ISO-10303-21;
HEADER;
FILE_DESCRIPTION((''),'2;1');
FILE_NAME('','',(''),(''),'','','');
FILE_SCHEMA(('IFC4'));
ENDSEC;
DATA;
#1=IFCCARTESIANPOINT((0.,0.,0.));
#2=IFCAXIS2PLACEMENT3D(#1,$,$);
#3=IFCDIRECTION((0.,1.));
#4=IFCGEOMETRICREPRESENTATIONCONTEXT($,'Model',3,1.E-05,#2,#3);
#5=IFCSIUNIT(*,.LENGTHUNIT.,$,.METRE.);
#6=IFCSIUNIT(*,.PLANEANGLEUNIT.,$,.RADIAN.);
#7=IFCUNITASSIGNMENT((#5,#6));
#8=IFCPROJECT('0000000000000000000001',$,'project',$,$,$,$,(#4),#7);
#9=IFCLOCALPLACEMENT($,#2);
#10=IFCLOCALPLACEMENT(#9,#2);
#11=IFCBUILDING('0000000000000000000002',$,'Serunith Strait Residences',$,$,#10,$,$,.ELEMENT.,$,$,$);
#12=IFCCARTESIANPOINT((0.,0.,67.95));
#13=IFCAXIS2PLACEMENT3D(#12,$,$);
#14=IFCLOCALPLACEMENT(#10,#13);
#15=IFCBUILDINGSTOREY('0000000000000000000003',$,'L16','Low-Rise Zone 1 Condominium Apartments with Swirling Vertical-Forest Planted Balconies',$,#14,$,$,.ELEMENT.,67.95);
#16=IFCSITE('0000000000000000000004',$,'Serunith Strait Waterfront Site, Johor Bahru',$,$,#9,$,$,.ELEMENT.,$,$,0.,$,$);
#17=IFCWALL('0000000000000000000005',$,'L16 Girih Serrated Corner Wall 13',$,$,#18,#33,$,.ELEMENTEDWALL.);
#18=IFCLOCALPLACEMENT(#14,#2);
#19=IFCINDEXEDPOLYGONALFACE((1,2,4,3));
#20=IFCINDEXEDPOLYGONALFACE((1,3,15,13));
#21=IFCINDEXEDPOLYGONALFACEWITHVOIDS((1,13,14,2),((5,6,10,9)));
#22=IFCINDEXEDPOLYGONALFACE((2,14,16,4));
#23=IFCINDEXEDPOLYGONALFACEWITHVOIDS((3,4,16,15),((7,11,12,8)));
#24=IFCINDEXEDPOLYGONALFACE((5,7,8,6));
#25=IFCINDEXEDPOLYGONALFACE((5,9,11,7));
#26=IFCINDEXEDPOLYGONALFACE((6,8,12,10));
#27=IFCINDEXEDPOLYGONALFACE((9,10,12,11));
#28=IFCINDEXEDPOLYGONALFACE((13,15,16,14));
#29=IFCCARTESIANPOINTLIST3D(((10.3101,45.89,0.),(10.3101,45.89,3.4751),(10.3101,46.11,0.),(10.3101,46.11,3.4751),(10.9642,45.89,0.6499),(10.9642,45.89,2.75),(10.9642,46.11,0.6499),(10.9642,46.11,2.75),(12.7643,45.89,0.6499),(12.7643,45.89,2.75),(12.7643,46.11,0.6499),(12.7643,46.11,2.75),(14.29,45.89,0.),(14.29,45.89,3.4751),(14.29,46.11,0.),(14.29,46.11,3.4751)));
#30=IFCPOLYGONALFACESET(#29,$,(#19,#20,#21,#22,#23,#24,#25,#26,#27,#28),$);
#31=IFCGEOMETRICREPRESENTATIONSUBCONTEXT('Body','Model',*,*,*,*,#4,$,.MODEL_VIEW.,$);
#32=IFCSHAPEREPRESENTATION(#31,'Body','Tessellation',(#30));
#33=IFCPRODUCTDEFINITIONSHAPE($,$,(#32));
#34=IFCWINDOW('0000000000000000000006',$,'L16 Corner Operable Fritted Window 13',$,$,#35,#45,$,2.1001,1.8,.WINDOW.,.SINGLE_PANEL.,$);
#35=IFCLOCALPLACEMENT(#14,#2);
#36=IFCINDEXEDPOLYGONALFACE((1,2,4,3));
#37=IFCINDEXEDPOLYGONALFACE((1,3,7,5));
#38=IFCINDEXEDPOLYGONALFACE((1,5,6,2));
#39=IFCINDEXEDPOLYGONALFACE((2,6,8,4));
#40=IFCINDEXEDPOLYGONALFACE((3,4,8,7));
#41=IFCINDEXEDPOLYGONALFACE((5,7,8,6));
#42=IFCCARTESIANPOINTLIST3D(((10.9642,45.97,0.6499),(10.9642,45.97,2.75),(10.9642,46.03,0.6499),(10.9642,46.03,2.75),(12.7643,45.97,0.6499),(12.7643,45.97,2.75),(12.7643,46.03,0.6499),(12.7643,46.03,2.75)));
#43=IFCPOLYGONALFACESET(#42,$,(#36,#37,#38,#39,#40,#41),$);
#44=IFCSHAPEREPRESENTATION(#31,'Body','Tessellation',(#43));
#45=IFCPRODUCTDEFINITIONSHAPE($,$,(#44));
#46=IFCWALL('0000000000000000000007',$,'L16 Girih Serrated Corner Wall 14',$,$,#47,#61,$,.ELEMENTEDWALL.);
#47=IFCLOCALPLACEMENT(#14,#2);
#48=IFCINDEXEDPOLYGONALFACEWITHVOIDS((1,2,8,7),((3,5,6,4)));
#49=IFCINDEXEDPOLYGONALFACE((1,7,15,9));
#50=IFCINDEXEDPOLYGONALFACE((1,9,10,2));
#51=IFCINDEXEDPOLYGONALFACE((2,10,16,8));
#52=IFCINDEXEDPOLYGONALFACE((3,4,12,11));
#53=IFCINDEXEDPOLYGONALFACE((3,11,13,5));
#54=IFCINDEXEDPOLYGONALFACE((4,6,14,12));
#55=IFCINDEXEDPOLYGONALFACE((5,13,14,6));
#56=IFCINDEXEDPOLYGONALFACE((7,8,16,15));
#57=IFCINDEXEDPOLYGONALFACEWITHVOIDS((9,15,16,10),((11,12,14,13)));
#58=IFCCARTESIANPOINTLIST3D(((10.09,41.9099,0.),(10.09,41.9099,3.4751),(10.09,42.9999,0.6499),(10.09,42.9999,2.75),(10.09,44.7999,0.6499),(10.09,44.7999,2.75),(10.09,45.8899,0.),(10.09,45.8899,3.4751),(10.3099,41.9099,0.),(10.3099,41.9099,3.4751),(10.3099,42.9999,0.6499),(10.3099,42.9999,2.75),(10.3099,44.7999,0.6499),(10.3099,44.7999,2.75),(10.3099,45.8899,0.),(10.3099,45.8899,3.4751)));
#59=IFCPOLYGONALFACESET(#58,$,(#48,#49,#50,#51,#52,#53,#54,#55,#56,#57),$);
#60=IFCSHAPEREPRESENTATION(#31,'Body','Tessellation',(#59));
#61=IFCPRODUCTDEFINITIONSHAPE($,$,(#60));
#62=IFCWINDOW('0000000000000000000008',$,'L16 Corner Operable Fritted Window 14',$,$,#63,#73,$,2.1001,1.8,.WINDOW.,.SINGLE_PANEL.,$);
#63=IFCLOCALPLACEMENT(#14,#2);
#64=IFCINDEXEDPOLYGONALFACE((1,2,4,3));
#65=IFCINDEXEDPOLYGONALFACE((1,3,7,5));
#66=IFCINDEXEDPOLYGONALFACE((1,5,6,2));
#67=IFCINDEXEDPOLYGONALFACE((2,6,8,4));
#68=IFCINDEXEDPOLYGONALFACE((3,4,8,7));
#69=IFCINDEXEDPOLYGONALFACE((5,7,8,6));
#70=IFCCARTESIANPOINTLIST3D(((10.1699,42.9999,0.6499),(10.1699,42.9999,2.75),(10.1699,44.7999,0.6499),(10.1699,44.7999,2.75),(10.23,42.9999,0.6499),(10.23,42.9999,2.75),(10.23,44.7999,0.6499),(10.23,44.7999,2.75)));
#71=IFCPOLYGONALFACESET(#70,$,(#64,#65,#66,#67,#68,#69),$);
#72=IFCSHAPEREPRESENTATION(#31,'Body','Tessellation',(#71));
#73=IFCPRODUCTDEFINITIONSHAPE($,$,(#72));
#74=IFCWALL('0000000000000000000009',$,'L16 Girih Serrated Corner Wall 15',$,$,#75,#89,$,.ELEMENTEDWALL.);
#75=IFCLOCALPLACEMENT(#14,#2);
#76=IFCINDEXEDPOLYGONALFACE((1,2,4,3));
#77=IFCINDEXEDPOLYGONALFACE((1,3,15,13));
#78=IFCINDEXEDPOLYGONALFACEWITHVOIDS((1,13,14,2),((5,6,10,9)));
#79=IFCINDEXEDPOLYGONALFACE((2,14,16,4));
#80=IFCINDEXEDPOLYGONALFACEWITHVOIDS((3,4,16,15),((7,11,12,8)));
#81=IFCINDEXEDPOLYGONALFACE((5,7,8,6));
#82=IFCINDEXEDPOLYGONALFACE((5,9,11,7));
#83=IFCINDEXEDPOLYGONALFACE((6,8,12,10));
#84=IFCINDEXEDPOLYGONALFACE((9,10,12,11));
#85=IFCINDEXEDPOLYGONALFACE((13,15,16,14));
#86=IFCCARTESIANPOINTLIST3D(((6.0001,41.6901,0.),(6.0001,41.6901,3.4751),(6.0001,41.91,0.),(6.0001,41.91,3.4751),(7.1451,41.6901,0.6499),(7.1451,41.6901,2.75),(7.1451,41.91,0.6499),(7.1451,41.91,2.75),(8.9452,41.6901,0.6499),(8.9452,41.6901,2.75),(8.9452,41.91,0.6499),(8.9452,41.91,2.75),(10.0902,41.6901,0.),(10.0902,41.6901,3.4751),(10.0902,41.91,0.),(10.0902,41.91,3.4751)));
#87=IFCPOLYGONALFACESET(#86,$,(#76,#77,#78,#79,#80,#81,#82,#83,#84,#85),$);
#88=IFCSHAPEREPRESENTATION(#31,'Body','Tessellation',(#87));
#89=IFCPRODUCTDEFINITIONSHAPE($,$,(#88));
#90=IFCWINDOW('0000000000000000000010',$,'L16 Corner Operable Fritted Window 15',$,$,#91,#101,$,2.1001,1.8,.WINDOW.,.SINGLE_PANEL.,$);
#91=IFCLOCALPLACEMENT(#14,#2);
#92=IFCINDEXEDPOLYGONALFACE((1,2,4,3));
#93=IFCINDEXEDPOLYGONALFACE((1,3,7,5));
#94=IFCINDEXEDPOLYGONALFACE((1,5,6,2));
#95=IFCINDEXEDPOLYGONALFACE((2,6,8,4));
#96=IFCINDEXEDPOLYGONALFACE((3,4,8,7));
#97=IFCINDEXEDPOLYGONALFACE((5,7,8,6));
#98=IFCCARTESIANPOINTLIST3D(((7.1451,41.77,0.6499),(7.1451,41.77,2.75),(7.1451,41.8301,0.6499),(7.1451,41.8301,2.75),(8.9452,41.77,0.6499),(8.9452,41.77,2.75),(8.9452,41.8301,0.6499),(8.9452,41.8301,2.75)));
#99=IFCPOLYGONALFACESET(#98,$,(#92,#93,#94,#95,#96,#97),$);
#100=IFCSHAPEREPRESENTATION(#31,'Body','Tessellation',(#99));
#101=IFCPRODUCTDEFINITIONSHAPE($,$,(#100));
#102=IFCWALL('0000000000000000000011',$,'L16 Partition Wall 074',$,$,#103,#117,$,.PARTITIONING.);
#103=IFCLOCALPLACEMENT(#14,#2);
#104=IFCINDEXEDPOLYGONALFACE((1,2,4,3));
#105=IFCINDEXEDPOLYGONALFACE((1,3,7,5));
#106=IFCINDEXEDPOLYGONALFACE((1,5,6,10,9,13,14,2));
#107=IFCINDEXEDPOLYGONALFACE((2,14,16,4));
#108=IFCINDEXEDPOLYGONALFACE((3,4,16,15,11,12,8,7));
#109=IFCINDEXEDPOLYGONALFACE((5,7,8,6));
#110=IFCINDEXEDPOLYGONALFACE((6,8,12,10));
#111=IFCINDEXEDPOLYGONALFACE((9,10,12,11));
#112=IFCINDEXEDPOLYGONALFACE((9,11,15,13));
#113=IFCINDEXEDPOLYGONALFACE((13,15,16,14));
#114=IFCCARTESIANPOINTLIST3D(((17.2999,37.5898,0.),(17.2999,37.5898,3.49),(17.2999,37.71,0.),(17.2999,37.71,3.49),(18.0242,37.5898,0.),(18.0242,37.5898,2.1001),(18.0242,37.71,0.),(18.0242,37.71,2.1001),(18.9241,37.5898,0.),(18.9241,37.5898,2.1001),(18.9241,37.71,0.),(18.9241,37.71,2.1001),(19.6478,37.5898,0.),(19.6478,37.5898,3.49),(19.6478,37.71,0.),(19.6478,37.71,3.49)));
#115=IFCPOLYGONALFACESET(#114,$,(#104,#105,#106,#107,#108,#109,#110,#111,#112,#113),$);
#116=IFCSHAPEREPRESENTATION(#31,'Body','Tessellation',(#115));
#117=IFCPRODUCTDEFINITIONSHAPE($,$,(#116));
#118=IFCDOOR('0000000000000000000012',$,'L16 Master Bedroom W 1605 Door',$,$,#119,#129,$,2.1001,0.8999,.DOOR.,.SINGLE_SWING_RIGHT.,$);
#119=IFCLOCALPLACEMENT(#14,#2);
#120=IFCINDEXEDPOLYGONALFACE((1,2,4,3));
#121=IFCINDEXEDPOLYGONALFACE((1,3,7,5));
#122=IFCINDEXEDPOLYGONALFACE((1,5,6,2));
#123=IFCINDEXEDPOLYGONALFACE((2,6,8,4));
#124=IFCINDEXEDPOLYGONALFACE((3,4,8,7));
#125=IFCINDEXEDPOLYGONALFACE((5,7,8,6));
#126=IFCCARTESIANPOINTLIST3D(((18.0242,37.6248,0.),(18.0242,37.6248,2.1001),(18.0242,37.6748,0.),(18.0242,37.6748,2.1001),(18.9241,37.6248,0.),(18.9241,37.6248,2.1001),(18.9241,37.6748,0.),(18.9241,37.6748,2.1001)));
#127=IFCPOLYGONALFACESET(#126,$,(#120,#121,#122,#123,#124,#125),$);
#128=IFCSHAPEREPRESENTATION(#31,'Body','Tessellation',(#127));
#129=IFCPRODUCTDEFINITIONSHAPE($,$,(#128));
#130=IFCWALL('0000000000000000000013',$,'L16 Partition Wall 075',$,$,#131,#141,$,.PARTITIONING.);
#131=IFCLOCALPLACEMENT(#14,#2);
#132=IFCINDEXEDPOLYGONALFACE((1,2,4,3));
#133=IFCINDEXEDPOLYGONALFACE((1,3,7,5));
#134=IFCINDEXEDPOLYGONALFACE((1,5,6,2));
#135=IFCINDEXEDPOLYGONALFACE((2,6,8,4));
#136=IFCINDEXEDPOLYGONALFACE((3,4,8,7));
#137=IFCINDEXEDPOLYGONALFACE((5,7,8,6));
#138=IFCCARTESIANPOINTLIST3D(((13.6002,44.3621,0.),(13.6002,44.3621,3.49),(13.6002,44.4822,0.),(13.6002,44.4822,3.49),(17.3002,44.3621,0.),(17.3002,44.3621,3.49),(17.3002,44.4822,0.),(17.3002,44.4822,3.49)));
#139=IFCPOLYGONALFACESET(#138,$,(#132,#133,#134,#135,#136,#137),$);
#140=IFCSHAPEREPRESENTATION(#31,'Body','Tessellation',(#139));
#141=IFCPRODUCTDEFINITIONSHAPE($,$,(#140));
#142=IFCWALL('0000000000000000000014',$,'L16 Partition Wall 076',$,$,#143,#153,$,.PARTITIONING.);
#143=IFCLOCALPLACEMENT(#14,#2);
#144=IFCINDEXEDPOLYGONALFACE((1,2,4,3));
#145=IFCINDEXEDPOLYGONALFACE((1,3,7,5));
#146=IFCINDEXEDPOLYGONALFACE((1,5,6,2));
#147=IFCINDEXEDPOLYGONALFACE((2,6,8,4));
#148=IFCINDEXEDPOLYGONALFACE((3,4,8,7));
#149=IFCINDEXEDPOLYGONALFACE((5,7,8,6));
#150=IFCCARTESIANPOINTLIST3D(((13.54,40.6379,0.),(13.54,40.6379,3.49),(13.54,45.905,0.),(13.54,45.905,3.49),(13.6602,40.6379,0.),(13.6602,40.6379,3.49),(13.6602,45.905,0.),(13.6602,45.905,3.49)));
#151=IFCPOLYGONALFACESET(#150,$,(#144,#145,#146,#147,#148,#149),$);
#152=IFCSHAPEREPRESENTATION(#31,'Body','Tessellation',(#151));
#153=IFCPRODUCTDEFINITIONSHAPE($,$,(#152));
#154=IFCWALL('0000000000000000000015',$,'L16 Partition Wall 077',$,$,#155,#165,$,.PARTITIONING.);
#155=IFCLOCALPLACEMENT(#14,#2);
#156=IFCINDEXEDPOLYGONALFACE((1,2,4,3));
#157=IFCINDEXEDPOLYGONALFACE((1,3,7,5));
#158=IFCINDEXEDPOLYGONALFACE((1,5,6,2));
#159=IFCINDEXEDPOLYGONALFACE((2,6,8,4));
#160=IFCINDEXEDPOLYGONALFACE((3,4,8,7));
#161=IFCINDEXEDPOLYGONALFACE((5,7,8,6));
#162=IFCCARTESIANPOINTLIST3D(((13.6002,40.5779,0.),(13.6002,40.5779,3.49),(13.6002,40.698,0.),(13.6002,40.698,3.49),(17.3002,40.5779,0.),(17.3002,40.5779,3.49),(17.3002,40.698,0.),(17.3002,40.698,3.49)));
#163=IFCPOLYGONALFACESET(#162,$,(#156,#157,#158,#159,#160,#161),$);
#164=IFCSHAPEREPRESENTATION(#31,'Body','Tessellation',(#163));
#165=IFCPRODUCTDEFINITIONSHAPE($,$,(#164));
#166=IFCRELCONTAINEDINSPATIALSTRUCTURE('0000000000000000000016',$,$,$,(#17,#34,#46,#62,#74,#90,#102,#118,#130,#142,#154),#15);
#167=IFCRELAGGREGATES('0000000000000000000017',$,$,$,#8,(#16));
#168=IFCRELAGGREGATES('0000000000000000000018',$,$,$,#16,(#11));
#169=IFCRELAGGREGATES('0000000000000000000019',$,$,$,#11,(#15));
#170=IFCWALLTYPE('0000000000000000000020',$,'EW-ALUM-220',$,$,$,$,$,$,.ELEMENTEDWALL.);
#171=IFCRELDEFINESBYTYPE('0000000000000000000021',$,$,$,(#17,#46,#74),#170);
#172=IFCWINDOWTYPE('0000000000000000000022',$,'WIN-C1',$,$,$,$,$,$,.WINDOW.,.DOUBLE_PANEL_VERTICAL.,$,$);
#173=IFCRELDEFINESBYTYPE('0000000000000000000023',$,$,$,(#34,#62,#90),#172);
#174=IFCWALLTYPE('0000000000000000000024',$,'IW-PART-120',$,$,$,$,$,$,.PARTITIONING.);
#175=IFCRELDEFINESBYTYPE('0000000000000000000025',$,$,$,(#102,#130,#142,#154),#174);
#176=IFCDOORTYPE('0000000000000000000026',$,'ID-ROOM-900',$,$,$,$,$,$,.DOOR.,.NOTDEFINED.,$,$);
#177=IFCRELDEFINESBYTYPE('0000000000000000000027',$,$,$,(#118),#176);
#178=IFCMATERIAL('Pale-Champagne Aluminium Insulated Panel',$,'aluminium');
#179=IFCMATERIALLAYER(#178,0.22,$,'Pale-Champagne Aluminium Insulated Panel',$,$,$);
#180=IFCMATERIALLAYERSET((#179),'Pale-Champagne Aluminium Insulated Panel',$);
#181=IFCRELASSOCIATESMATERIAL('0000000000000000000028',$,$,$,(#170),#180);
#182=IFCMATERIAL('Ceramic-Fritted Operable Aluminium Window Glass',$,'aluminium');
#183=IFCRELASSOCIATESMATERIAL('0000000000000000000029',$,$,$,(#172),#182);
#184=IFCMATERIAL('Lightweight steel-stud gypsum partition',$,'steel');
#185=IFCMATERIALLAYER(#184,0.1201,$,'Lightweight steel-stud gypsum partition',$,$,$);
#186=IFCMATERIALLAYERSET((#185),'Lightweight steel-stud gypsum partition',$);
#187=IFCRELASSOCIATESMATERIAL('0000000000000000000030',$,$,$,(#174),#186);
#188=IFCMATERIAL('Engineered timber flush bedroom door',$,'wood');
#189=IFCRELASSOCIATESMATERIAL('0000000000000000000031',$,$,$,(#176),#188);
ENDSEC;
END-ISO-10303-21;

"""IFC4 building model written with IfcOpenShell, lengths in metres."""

from ifc_helpers import new_model, si_unit, direction, frame, frame_2d, origin, place, context, subcontext, project, spatial, rectangle, extrude, source, transform, mapped, material, layer, layer_set, type_object, element, fill, save


model = new_model("IFC4")

# Units and contexts
model_context = context("Model", 3, precision=1e-05, world=origin(), true_north=direction((0.0, 1.0)))
body_context = subcontext(model_context, "Body", "Model", "MODEL_VIEW")
ifc_project = project(units=[si_unit("LENGTHUNIT", "METRE"), si_unit("PLANEANGLEUNIT", "RADIAN")], contexts=[model_context])

# Site, building, storey
site_placement = place(None, origin())
site = spatial("IfcSite", under=ifc_project, at=site_placement, Name="Serunith Strait Waterfront Site, Johor Bahru", CompositionType="ELEMENT", RefElevation=0.0)
building_placement = place(site_placement, origin())
building = spatial("IfcBuilding", under=site, at=building_placement, Name="Serunith Strait Residences", CompositionType="ELEMENT")
storey_placement = place(building_placement, frame((0.0, 0.0, 67.95)))
storey = spatial("IfcBuildingStorey", under=building, at=storey_placement, Name="L16", Description="Low-Rise Zone 1 Condominium Apartments with Swirling Vertical-Forest Planted Balconies", CompositionType="ELEMENT", Elevation=67.95)

# Walls, openings, windows
ifc_material_1 = material(Name="Pale-Champagne Aluminium Insulated Panel", Category="aluminium")
ifc_layer_1 = layer(ifc_material_1, 0.22, Name="Pale-Champagne Aluminium Insulated Panel")
ifc_layer_set_1 = layer_set([ifc_layer_1], Name="Pale-Champagne Aluminium Insulated Panel")
wall_type_1 = type_object("IfcWallType", Name="EW-ALUM-220", PredefinedType="ELEMENTEDWALL", material=ifc_layer_set_1)
ifc_material_2 = material(Name="Ceramic-Fritted Operable Aluminium Window Glass", Category="aluminium")
window_type = type_object("IfcWindowType", Name="WIN-C1", PartitioningType="DOUBLE_PANEL_VERTICAL", PredefinedType="WINDOW", material=ifc_material_2)
shared_shape_1 = source(origin(), body_context, "Body", "SweptSolid", [
    extrude(rectangle(XDim=1.8, YDim=2.1001, at=frame_2d((0.8999, 1.05))), frame((0.0, 0.03, 0.0), z_axis=(0.0, -1.0, 0.0), x_axis=(1.0, 0.0, 0.0)), (0.0, 0.0, 1.0), 0.0601),
])
wall_1_placement = place(storey_placement, frame((14.29, 46.0, 0.0), z_axis=(0.0, 0.0, 1.0), x_axis=(-1.0, 0.0, 0.0)))
wall_1 = element("IfcWall", 1, at=wall_1_placement, inside=storey, type_object=wall_type_1, Name="L16 Girih Serrated Corner Wall 13", PredefinedType="ELEMENTEDWALL", context=body_context, shape_type="SweptSolid", body=[
    extrude(rectangle(XDim=3.98, YDim=0.22, at=frame_2d((1.99, 0.0))), origin(), (0.0, 0.0, 1.0), 3.4751),
])
opening_1_placement = place(wall_1_placement, frame((1.5259, 0.0, 0.6499)))
opening_1 = element("IfcOpeningElement", 2, at=opening_1_placement, cuts=wall_1, PredefinedType="OPENING", context=body_context, shape_type="SweptSolid", body=[
    extrude(rectangle(XDim=1.8, YDim=2.1001, at=frame_2d((0.8999, 1.05))), frame((0.0, 0.1201, 0.0), z_axis=(0.0, -1.0, 0.0), x_axis=(1.0, 0.0, 0.0)), (0.0, 0.0, 1.0), 0.24),
])
window_1_placement = place(opening_1_placement, origin())
window_1 = element("IfcWindow", 3, at=window_1_placement, inside=storey, type_object=window_type, Name="L16 Corner Operable Fritted Window 13", OverallHeight=2.1001, OverallWidth=1.8, PartitioningType="SINGLE_PANEL", PredefinedType="WINDOW", context=body_context, shape_type="MappedRepresentation", body=[
    mapped(shared_shape_1, transform((0.0, 0.0, 0.0), scale=1.0)),
])
fill(opening_1, window_1)
wall_2_placement = place(storey_placement, frame((10.2, 45.8899, 0.0), z_axis=(0.0, 0.0, 1.0), x_axis=(0.0, -1.0, 0.0)))
wall_2 = element("IfcWall", 4, at=wall_2_placement, inside=storey, type_object=wall_type_1, Name="L16 Girih Serrated Corner Wall 14", PredefinedType="ELEMENTEDWALL", context=body_context, shape_type="SweptSolid", body=[
    extrude(rectangle(XDim=3.98, YDim=0.22, at=frame_2d((1.99, 0.0))), origin(), (0.0, 0.0, 1.0), 3.4751),
])
opening_2_placement = place(wall_2_placement, frame((1.0901, 0.0, 0.6499)))
opening_2 = element("IfcOpeningElement", 5, at=opening_2_placement, cuts=wall_2, PredefinedType="OPENING", context=body_context, shape_type="SweptSolid", body=[
    extrude(rectangle(XDim=1.8, YDim=2.1001, at=frame_2d((0.8999, 1.05))), frame((0.0, 0.1201, 0.0), z_axis=(0.0, -1.0, 0.0), x_axis=(1.0, 0.0, 0.0)), (0.0, 0.0, 1.0), 0.24),
])
window_2_placement = place(opening_2_placement, origin())
window_2 = element("IfcWindow", 6, at=window_2_placement, inside=storey, type_object=window_type, Name="L16 Corner Operable Fritted Window 14", OverallHeight=2.1001, OverallWidth=1.8, PartitioningType="SINGLE_PANEL", PredefinedType="WINDOW", context=body_context, shape_type="MappedRepresentation", body=[
    mapped(shared_shape_1, transform((0.0, 0.0, 0.0), scale=1.0)),
])
fill(opening_2, window_2)
wall_3_placement = place(storey_placement, frame((10.0901, 41.8, 0.0), z_axis=(0.0, 0.0, 1.0), x_axis=(-1.0, 0.0, 0.0)))
wall_3 = element("IfcWall", 7, at=wall_3_placement, inside=storey, type_object=wall_type_1, Name="L16 Girih Serrated Corner Wall 15", PredefinedType="ELEMENTEDWALL", context=body_context, shape_type="SweptSolid", body=[
    extrude(rectangle(XDim=4.0901, YDim=0.22, at=frame_2d((2.0449, 0.0))), origin(), (0.0, 0.0, 1.0), 3.4751),
])
opening_3_placement = place(wall_3_placement, frame((1.145, 0.0, 0.6499)))
opening_3 = element("IfcOpeningElement", 8, at=opening_3_placement, cuts=wall_3, PredefinedType="OPENING", context=body_context, shape_type="SweptSolid", body=[
    extrude(rectangle(XDim=1.8, YDim=2.1001, at=frame_2d((0.8999, 1.05))), frame((0.0, 0.1201, 0.0), z_axis=(0.0, -1.0, 0.0), x_axis=(1.0, 0.0, 0.0)), (0.0, 0.0, 1.0), 0.24),
])
window_3_placement = place(opening_3_placement, origin())
window_3 = element("IfcWindow", 9, at=window_3_placement, inside=storey, type_object=window_type, Name="L16 Corner Operable Fritted Window 15", OverallHeight=2.1001, OverallWidth=1.8, PartitioningType="SINGLE_PANEL", PredefinedType="WINDOW", context=body_context, shape_type="MappedRepresentation", body=[
    mapped(shared_shape_1, transform((0.0, 0.0, 0.0), scale=1.0)),
])
fill(opening_3, window_3)

# Wall, opening, door
ifc_material_3 = material(Name="Lightweight steel-stud gypsum partition", Category="steel")
ifc_layer_2 = layer(ifc_material_3, 0.1201, Name="Lightweight steel-stud gypsum partition")
ifc_layer_set_2 = layer_set([ifc_layer_2], Name="Lightweight steel-stud gypsum partition")
wall_type_2 = type_object("IfcWallType", Name="IW-PART-120", PredefinedType="PARTITIONING", material=ifc_layer_set_2)
wall_4_placement = place(storey_placement, frame((17.3, 37.6499, 0.0), z_axis=(0.0, 0.0, 1.0), x_axis=(1.0, 0.0, 0.0)))
wall_4 = element("IfcWall", 10, at=wall_4_placement, inside=storey, type_object=wall_type_2, Name="L16 Partition Wall 074", PredefinedType="PARTITIONING", context=body_context, shape_type="SweptSolid", body=[
    extrude(rectangle(XDim=2.3479, YDim=0.1201, at=frame_2d((1.1738, 0.0))), origin(), (0.0, 0.0, 1.0), 3.49),
])
opening_4_placement = place(wall_4_placement, frame((0.7241, 0.0, 0.0)))
opening_4 = element("IfcOpeningElement", 11, at=opening_4_placement, cuts=wall_4, PredefinedType="OPENING", context=body_context, shape_type="SweptSolid", body=[
    extrude(rectangle(XDim=0.8999, YDim=2.1001, at=frame_2d((0.45, 1.05))), frame((0.0, 0.0701, 0.0), z_axis=(0.0, -1.0, 0.0), x_axis=(1.0, 0.0, 0.0)), (0.0, 0.0, 1.0), 0.1401),
])
ifc_material_4 = material(Name="Engineered timber flush bedroom door", Category="wood")
door_type = type_object("IfcDoorType", Name="ID-ROOM-900", OperationType="NOTDEFINED", PredefinedType="DOOR", material=ifc_material_4)
shared_shape_2 = source(origin(), body_context, "Body", "SweptSolid", [
    extrude(rectangle(XDim=0.8999, YDim=2.1001, at=frame_2d((0.45, 1.05))), frame((0.0, 0.0249, 0.0), z_axis=(0.0, -1.0, 0.0), x_axis=(1.0, 0.0, 0.0)), (0.0, 0.0, 1.0), 0.05),
])
door_placement = place(opening_4_placement, origin())
door = element("IfcDoor", 12, at=door_placement, inside=storey, type_object=door_type, Name="L16 Master Bedroom W 1605 Door", OperationType="SINGLE_SWING_RIGHT", OverallHeight=2.1001, OverallWidth=0.8999, PredefinedType="DOOR", context=body_context, shape_type="MappedRepresentation", body=[
    mapped(shared_shape_2, transform((0.0, 0.0, 0.0), scale=1.0)),
])
fill(opening_4, door)

# Walls
wall_5_placement = place(storey_placement, frame((13.6001, 44.4221, 0.0), z_axis=(0.0, 0.0, 1.0), x_axis=(1.0, 0.0, 0.0)))
element("IfcWall", 13, at=wall_5_placement, inside=storey, type_object=wall_type_2, Name="L16 Partition Wall 075", PredefinedType="PARTITIONING", context=body_context, shape_type="SweptSolid", body=[
    extrude(rectangle(XDim=3.7, YDim=0.1201, at=frame_2d((1.8501, 0.0))), origin(), (0.0, 0.0, 1.0), 3.49),
])
wall_6_placement = place(storey_placement, frame((13.6001, 45.905, 0.0), z_axis=(0.0, 0.0, 1.0), x_axis=(0.0, -1.0, 0.0)))
element("IfcWall", 14, at=wall_6_placement, inside=storey, type_object=wall_type_2, Name="L16 Partition Wall 076", PredefinedType="PARTITIONING", context=body_context, shape_type="SweptSolid", body=[
    extrude(rectangle(XDim=5.2671, YDim=0.1201, at=frame_2d((2.6335, 0.0))), origin(), (0.0, 0.0, 1.0), 3.49),
])
wall_7_placement = place(storey_placement, frame((13.6001, 40.6379, 0.0), z_axis=(0.0, 0.0, 1.0), x_axis=(1.0, 0.0, 0.0)))
element("IfcWall", 15, at=wall_7_placement, inside=storey, type_object=wall_type_2, Name="L16 Partition Wall 077", PredefinedType="PARTITIONING", context=body_context, shape_type="SweptSolid", body=[
    extrude(rectangle(XDim=3.7, YDim=0.1201, at=frame_2d((1.8501, 0.0))), origin(), (0.0, 0.0, 1.0), 3.49),
])

save(model, "model.ifc")
